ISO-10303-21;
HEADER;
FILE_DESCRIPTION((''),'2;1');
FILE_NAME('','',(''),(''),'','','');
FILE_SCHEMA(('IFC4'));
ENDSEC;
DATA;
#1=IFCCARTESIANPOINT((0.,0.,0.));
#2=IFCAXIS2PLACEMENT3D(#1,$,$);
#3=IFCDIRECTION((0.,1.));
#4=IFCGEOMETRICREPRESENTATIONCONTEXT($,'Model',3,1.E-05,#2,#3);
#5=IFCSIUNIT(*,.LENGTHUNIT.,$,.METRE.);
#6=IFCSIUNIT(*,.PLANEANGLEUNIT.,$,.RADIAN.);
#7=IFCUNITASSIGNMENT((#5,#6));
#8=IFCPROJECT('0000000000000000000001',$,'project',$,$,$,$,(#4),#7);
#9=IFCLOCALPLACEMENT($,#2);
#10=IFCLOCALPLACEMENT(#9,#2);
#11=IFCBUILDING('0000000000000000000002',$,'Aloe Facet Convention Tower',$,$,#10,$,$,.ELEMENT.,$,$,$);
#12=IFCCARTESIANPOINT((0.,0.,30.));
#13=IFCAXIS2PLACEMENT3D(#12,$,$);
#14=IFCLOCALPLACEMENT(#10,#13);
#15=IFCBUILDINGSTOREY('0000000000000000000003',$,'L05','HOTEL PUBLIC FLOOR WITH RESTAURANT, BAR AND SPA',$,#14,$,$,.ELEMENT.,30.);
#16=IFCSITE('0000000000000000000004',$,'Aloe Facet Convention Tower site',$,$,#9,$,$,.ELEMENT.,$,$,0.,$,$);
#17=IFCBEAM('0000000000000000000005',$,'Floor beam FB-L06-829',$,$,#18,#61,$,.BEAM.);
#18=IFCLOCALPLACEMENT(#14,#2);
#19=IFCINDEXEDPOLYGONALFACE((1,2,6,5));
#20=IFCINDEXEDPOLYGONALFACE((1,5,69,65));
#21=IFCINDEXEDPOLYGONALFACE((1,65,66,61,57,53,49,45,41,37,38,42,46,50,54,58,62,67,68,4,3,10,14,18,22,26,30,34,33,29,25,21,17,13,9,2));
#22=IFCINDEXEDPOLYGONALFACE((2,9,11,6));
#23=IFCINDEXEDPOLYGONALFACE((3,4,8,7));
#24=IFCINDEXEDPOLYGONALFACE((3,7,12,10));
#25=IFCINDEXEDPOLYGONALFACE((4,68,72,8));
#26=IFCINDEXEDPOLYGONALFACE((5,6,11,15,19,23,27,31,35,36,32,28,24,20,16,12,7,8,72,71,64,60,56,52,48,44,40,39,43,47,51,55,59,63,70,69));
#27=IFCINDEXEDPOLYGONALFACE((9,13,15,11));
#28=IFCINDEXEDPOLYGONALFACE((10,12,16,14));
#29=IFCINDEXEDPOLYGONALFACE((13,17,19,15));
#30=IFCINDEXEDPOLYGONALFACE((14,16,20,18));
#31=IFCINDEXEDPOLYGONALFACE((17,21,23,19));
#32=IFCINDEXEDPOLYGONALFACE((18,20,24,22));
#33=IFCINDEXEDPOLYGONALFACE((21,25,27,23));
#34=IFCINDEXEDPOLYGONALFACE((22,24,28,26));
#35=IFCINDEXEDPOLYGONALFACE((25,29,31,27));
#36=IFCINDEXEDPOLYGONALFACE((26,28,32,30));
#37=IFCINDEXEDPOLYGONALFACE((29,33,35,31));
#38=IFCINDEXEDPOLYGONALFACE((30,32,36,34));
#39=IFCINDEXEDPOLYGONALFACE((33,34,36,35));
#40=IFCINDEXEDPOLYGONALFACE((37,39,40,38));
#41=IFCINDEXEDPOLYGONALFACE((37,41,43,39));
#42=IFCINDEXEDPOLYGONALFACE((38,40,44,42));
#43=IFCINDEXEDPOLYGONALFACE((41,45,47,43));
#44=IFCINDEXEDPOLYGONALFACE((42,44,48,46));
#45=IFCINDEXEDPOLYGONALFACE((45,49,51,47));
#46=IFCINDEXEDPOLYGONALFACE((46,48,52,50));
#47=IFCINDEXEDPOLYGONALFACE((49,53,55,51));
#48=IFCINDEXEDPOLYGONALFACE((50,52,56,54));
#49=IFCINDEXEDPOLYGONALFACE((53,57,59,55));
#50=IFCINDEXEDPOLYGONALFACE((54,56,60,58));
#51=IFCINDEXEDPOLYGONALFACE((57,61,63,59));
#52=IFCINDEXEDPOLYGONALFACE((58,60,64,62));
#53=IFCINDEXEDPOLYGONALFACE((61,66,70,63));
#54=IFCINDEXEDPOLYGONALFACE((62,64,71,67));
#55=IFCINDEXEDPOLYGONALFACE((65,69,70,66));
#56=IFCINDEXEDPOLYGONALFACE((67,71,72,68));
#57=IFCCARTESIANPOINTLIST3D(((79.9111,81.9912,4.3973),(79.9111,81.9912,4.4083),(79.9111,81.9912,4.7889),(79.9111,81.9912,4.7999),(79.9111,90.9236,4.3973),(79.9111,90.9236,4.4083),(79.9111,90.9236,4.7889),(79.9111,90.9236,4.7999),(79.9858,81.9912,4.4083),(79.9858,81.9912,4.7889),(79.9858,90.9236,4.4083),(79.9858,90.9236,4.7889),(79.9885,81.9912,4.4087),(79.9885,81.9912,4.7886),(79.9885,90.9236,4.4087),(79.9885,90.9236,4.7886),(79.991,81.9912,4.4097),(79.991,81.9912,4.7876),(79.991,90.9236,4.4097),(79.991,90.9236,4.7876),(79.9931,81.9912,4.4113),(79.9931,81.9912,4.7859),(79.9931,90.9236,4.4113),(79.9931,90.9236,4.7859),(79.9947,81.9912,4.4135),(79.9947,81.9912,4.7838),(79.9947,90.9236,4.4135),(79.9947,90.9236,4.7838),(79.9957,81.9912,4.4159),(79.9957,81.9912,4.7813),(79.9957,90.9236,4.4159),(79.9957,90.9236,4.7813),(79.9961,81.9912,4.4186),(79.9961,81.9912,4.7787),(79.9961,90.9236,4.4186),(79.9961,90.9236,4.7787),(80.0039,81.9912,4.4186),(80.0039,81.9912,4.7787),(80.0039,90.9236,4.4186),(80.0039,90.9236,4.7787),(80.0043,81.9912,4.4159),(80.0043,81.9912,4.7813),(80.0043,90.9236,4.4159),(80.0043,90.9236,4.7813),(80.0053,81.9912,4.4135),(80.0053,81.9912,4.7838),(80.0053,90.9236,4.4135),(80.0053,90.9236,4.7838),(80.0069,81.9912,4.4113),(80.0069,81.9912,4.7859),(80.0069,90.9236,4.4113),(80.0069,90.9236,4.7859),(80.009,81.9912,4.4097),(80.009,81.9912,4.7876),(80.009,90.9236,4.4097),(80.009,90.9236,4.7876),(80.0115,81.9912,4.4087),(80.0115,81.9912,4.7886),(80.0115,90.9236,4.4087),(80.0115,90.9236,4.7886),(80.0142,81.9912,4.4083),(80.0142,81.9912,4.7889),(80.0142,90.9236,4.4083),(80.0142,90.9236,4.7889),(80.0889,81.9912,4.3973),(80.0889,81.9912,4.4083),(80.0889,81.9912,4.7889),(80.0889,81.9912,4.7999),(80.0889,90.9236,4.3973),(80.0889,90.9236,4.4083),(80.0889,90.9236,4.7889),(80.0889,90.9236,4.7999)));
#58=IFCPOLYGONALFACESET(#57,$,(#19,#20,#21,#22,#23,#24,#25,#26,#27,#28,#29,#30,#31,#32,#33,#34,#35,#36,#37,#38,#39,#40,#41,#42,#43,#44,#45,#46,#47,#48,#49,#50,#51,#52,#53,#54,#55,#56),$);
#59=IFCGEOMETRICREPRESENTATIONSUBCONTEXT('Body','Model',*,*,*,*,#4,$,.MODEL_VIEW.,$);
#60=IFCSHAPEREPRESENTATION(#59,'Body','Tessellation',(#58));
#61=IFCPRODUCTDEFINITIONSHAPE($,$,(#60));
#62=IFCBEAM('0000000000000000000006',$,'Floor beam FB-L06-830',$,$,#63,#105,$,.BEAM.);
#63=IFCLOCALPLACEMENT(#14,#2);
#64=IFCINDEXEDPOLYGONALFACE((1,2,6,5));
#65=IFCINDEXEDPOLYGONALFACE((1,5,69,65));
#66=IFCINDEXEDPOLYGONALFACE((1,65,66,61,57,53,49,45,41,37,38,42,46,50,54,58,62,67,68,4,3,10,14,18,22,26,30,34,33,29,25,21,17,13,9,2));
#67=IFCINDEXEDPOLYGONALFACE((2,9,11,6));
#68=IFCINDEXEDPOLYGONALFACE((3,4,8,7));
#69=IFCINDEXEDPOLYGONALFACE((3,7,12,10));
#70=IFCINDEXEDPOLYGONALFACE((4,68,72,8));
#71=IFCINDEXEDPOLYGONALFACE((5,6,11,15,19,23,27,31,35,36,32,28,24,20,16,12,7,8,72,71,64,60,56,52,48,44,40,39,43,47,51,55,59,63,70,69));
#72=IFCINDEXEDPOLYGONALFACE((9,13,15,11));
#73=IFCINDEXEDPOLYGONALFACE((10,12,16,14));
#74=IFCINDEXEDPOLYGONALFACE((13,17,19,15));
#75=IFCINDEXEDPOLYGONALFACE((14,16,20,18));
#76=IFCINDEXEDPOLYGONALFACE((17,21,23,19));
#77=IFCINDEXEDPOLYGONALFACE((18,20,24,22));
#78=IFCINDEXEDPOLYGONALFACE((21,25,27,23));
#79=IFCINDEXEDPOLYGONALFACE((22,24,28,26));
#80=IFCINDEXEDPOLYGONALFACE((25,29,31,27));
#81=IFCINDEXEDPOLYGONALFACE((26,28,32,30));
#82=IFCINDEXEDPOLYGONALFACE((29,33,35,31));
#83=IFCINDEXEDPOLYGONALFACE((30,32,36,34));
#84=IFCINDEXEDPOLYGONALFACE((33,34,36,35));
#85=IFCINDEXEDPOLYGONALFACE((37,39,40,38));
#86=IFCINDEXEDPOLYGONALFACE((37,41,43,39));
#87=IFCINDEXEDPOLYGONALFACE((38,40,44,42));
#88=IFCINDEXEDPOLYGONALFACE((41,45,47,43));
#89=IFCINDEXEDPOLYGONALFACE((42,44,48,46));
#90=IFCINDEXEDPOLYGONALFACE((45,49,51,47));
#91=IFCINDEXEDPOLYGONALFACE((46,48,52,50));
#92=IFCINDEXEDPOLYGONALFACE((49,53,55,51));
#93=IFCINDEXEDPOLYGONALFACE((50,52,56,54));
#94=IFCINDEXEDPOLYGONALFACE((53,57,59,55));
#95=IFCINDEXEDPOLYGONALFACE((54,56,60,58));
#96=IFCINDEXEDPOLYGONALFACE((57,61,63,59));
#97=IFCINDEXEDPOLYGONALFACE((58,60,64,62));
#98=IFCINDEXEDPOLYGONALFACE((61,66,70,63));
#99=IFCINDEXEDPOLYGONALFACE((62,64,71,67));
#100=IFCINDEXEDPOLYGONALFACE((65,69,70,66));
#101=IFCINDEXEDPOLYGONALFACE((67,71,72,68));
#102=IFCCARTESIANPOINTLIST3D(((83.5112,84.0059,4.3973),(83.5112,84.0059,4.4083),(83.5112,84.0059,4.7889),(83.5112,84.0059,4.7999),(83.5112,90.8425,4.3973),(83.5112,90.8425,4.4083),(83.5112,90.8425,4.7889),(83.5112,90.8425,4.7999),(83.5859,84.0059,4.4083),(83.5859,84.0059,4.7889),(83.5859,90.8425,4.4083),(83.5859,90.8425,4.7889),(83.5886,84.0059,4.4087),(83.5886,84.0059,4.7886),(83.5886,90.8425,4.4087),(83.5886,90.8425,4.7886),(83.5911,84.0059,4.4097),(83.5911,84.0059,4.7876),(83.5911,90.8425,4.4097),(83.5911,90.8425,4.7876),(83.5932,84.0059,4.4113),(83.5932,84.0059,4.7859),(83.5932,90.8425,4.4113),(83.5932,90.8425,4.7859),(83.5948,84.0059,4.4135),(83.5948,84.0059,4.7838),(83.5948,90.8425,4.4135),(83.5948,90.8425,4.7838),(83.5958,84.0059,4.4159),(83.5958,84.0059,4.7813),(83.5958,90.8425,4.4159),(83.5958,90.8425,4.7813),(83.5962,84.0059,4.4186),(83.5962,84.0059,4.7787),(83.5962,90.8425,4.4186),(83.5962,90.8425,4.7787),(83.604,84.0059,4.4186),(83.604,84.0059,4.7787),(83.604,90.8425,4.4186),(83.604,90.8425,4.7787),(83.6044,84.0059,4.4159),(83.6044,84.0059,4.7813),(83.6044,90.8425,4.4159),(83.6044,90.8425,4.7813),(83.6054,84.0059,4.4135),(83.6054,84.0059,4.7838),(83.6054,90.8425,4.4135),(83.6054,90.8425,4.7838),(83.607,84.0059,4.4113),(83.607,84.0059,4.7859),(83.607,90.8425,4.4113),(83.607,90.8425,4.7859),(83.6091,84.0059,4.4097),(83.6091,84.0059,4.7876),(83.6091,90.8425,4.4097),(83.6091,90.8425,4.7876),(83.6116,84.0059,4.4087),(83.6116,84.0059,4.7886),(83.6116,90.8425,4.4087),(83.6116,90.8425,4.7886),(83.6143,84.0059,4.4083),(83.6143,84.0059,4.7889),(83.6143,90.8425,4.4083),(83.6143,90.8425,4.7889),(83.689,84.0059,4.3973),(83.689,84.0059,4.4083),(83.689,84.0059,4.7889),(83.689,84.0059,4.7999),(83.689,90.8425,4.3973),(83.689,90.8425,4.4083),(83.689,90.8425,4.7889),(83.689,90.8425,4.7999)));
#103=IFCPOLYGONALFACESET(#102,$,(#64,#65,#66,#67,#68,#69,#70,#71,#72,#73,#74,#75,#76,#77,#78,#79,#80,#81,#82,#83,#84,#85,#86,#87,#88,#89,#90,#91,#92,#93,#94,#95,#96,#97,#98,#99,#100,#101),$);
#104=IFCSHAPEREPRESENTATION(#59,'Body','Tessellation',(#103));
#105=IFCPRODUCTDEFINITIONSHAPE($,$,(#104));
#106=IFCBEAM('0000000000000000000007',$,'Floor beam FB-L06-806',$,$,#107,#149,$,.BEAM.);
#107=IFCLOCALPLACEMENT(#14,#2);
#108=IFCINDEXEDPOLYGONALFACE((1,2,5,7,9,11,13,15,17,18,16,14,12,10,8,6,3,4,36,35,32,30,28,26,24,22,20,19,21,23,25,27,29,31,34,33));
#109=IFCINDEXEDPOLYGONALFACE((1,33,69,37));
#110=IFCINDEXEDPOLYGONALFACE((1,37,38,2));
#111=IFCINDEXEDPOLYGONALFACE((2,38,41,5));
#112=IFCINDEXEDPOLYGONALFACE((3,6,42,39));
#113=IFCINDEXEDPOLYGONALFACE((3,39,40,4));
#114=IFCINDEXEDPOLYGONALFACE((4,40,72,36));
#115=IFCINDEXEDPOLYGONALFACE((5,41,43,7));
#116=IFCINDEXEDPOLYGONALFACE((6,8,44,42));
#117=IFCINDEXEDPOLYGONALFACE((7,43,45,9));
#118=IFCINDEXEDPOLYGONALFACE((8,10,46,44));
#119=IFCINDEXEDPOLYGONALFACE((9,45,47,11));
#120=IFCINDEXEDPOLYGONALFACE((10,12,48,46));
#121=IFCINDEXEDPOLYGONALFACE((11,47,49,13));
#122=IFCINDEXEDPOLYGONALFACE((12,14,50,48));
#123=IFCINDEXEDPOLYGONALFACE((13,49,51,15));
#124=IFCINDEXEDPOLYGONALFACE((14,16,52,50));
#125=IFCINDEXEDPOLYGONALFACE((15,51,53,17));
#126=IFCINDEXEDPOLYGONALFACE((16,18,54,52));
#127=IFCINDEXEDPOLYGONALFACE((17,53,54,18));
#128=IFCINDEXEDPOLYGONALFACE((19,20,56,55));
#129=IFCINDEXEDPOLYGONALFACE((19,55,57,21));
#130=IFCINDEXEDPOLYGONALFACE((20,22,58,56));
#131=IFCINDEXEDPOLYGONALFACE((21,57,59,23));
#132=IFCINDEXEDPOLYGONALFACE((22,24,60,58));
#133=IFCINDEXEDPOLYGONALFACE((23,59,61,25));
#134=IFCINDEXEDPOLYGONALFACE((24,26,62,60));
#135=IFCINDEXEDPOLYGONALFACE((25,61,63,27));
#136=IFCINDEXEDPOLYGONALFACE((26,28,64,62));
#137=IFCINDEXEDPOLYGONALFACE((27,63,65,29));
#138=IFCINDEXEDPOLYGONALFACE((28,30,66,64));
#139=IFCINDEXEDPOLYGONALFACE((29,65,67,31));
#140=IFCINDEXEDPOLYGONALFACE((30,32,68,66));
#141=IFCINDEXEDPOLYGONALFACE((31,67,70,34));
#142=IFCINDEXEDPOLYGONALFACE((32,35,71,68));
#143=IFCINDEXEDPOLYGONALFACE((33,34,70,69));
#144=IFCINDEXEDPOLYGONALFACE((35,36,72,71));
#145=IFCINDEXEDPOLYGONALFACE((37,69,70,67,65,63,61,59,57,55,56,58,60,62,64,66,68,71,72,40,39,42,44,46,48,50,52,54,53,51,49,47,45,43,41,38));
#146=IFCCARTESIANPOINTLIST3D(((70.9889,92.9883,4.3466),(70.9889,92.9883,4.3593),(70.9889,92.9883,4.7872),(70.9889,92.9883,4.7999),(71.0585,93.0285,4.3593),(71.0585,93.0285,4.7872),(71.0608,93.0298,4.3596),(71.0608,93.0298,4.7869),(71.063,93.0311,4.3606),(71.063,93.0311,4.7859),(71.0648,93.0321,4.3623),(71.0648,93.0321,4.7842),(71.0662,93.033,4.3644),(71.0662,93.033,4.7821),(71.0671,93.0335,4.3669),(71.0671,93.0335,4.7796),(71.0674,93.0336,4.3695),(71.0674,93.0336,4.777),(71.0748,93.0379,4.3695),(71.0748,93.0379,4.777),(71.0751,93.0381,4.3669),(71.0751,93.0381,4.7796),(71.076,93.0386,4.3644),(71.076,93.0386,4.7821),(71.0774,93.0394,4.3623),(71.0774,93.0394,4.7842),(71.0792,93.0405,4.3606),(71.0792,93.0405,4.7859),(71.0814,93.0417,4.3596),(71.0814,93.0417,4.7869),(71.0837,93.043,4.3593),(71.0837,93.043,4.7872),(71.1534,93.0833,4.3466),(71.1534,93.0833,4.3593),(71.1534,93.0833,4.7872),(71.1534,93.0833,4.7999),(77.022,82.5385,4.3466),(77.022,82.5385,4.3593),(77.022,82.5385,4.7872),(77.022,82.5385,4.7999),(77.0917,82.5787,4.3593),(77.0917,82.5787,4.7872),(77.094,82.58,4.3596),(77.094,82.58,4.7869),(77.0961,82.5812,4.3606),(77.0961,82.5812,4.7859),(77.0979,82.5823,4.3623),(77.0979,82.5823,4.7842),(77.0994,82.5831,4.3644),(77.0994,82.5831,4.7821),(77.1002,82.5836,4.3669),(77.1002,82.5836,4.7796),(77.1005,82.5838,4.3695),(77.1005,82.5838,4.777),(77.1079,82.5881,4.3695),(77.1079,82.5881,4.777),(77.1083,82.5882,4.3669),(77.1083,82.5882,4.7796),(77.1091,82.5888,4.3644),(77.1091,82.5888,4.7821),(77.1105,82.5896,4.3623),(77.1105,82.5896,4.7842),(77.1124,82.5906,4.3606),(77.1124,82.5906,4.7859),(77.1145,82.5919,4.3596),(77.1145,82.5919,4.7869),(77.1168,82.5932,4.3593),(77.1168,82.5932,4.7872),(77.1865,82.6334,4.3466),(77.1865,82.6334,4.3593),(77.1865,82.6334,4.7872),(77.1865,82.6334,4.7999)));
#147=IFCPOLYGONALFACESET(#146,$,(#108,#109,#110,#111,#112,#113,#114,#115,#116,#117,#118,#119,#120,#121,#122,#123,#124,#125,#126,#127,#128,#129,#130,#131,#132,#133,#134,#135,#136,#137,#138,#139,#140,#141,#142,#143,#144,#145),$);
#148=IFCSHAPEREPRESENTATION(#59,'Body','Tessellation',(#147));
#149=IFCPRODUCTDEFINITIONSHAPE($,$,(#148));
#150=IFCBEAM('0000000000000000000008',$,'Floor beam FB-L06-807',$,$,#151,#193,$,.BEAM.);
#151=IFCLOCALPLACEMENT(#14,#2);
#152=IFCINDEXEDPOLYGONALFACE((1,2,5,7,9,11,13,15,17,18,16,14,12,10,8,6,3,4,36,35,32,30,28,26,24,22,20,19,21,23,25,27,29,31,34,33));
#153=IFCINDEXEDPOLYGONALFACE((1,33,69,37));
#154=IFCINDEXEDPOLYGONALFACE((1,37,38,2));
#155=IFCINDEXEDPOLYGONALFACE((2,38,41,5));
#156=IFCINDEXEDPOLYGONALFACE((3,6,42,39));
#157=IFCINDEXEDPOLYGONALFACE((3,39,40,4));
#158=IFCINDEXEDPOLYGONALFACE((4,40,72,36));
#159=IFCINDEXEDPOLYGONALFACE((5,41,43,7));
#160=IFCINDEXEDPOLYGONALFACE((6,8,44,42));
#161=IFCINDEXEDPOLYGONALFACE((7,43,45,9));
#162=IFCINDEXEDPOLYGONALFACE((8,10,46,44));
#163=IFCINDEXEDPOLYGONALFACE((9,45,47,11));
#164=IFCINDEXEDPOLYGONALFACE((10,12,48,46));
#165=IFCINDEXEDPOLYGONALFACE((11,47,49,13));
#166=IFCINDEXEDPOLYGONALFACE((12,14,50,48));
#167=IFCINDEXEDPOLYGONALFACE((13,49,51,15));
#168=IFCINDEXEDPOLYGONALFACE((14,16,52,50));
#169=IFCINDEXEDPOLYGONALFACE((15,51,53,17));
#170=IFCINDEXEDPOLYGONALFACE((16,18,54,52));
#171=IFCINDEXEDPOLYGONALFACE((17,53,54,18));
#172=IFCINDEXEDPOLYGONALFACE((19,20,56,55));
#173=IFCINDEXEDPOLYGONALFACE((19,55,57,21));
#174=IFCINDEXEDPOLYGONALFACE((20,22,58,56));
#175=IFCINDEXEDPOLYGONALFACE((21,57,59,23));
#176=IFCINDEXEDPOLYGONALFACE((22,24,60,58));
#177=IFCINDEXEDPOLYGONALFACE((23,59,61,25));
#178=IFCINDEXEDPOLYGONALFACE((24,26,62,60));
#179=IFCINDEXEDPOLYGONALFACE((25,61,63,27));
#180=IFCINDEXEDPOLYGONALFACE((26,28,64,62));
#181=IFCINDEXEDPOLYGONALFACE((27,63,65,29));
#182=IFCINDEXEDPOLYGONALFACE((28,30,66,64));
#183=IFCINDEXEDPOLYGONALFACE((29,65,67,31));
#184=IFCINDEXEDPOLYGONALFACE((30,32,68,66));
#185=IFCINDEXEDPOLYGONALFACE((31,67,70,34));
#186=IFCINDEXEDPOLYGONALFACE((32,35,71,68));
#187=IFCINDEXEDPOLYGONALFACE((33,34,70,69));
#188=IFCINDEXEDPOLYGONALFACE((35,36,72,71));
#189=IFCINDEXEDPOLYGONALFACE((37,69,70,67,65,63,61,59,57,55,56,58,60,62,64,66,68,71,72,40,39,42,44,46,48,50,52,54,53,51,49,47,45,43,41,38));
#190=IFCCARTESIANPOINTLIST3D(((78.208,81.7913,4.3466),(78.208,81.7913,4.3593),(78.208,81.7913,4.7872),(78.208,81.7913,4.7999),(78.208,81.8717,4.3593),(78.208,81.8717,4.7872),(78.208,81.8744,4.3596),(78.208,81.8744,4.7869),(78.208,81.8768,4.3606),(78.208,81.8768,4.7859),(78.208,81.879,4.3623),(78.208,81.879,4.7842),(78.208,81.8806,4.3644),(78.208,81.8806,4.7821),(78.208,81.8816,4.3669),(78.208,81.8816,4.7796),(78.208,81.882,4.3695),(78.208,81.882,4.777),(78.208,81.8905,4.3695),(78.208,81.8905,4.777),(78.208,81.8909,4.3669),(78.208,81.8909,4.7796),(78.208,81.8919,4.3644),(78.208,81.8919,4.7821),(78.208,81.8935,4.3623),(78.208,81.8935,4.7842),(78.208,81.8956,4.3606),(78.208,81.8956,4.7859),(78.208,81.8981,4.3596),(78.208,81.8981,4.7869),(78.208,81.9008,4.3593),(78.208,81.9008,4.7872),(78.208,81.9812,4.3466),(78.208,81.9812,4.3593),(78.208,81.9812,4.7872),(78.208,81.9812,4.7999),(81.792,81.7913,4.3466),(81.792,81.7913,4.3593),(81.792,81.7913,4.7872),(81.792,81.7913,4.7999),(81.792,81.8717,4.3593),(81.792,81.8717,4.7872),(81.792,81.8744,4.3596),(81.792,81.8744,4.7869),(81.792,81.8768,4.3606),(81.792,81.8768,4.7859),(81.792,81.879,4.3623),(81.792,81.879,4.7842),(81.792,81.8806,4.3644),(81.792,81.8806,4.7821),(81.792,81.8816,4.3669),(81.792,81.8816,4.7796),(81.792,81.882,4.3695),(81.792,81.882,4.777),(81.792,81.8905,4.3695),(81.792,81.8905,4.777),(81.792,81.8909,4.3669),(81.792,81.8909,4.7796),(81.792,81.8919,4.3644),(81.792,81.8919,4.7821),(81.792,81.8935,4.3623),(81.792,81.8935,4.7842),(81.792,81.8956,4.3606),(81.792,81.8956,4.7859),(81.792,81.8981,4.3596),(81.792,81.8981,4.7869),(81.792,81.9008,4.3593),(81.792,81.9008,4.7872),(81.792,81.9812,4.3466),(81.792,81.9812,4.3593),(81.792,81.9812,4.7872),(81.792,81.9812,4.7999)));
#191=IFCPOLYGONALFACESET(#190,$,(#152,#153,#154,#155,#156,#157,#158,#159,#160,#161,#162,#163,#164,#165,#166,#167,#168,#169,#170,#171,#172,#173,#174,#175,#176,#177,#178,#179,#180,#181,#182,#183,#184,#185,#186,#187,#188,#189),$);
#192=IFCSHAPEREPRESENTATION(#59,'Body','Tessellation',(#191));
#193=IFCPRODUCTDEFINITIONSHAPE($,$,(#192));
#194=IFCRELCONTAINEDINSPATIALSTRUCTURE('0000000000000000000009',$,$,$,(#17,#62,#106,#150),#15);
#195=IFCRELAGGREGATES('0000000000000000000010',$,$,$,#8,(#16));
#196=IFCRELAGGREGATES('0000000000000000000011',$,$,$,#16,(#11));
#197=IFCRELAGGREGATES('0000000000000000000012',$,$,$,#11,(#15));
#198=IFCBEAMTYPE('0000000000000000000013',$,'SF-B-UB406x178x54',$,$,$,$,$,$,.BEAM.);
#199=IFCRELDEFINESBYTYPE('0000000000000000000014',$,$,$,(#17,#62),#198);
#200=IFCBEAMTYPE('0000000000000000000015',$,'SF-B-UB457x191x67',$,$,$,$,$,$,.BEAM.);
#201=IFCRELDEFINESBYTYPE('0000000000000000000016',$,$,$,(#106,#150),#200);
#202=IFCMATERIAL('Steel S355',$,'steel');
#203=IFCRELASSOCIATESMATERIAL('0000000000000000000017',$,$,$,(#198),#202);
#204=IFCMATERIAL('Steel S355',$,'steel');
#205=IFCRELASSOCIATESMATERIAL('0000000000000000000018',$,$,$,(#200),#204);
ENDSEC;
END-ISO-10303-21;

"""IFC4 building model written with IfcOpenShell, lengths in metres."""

from ifc_helpers import new_model, si_unit, direction, frame, origin, origin_2d, place, context, subcontext, project, spatial, i_section, extrude, material, material_profile, profile_set, type_object, element, save


model = new_model("IFC4")

# Units and contexts
model_context = context("Model", 3, precision=1e-05, world=origin(), true_north=direction((0.0, 1.0)))
body_context = subcontext(model_context, "Body", "Model", "MODEL_VIEW")
ifc_project = project(units=[si_unit("LENGTHUNIT", "METRE"), si_unit("PLANEANGLEUNIT", "RADIAN")], contexts=[model_context])

# Site, building, storey
site_placement = place(None, origin())
site = spatial("IfcSite", under=ifc_project, at=site_placement, Name="Aloe Facet Convention Tower site", CompositionType="ELEMENT", RefElevation=0.0)
building_placement = place(site_placement, origin())
building = spatial("IfcBuilding", under=site, at=building_placement, Name="Aloe Facet Convention Tower", CompositionType="ELEMENT")
storey_placement = place(building_placement, frame((0.0, 0.0, 30.0)))
storey = spatial("IfcBuildingStorey", under=building, at=storey_placement, Name="L05", Description="HOTEL PUBLIC FLOOR WITH RESTAURANT, BAR AND SPA", CompositionType="ELEMENT", Elevation=30.0)

# Beams
ifc_material_1 = material(Name="Steel S355", Category="steel")
ifc_material_profile_1 = material_profile(ifc_material_1, i_section(OverallWidth=0.1777, OverallDepth=0.4026, WebThickness=0.0078, FlangeThickness=0.011, FilletRadius=0.0103, at=origin_2d()), Name="UB 406x178x54")
ifc_profile_set_1 = profile_set([ifc_material_profile_1], Name="Steel S355")
beam_type_1 = type_object("IfcBeamType", Name="SF-B-UB406x178x54", PredefinedType="BEAM", material=ifc_profile_set_1)
beam_1_placement = place(storey_placement, frame((80.0, 81.9912, 4.5986), z_axis=(0.0, 1.0, 0.0), x_axis=(-1.0, 0.0, 0.0)))
element("IfcBeam", 1, at=beam_1_placement, inside=storey, type_object=beam_type_1, Name="Floor beam FB-L06-829", PredefinedType="BEAM", context=body_context, shape_type="SweptSolid", body=[
    extrude(i_section(OverallWidth=0.1777, OverallDepth=0.4026, WebThickness=0.0078, FlangeThickness=0.011, FilletRadius=0.0103, at=origin_2d()), origin(), (0.0, 0.0, 1.0), 8.9324),
])
beam_2_placement = place(storey_placement, frame((83.6001, 84.0059, 4.5986), z_axis=(0.0, 1.0, 0.0), x_axis=(-1.0, 0.0, 0.0)))
element("IfcBeam", 2, at=beam_2_placement, inside=storey, type_object=beam_type_1, Name="Floor beam FB-L06-830", PredefinedType="BEAM", context=body_context, shape_type="SweptSolid", body=[
    extrude(i_section(OverallWidth=0.1777, OverallDepth=0.4026, WebThickness=0.0078, FlangeThickness=0.011, FilletRadius=0.0103, at=origin_2d()), origin(), (0.0, 0.0, 1.0), 6.8367),
])
ifc_material_2 = material(Name="Steel S355", Category="steel")
ifc_material_profile_2 = material_profile(ifc_material_2, i_section(OverallWidth=0.1899, OverallDepth=0.4534, WebThickness=0.0085, FlangeThickness=0.0127, FilletRadius=0.0103, at=origin_2d()), Name="UB 457x191x67")
ifc_profile_set_2 = profile_set([ifc_material_profile_2], Name="Steel S355")
beam_type_2 = type_object("IfcBeamType", Name="SF-B-UB457x191x67", PredefinedType="BEAM", material=ifc_profile_set_2)
beam_3_placement = place(storey_placement, frame((77.1042, 82.5859, 4.5732), z_axis=(-0.499995, 0.866028, 0.0), x_axis=(-0.866028, -0.499995, 0.0)))
element("IfcBeam", 3, at=beam_3_placement, inside=storey, type_object=beam_type_2, Name="Floor beam FB-L06-806", PredefinedType="BEAM", context=body_context, shape_type="SweptSolid", body=[
    extrude(i_section(OverallWidth=0.1899, OverallDepth=0.4534, WebThickness=0.0085, FlangeThickness=0.0127, FilletRadius=0.0103, at=origin_2d()), origin(), (0.0, 0.0, 1.0), 12.0664),
])
beam_4_placement = place(storey_placement, frame((81.792, 81.8862, 4.5732), z_axis=(-1.0, 0.0, 0.0), x_axis=(0.0, -1.0, 0.0)))
element("IfcBeam", 4, at=beam_4_placement, inside=storey, type_object=beam_type_2, Name="Floor beam FB-L06-807", PredefinedType="BEAM", context=body_context, shape_type="SweptSolid", body=[
    extrude(i_section(OverallWidth=0.1899, OverallDepth=0.4534, WebThickness=0.0085, FlangeThickness=0.0127, FilletRadius=0.0103, at=origin_2d()), origin(), (0.0, 0.0, 1.0), 3.584),
])

save(model, "model.ifc")
